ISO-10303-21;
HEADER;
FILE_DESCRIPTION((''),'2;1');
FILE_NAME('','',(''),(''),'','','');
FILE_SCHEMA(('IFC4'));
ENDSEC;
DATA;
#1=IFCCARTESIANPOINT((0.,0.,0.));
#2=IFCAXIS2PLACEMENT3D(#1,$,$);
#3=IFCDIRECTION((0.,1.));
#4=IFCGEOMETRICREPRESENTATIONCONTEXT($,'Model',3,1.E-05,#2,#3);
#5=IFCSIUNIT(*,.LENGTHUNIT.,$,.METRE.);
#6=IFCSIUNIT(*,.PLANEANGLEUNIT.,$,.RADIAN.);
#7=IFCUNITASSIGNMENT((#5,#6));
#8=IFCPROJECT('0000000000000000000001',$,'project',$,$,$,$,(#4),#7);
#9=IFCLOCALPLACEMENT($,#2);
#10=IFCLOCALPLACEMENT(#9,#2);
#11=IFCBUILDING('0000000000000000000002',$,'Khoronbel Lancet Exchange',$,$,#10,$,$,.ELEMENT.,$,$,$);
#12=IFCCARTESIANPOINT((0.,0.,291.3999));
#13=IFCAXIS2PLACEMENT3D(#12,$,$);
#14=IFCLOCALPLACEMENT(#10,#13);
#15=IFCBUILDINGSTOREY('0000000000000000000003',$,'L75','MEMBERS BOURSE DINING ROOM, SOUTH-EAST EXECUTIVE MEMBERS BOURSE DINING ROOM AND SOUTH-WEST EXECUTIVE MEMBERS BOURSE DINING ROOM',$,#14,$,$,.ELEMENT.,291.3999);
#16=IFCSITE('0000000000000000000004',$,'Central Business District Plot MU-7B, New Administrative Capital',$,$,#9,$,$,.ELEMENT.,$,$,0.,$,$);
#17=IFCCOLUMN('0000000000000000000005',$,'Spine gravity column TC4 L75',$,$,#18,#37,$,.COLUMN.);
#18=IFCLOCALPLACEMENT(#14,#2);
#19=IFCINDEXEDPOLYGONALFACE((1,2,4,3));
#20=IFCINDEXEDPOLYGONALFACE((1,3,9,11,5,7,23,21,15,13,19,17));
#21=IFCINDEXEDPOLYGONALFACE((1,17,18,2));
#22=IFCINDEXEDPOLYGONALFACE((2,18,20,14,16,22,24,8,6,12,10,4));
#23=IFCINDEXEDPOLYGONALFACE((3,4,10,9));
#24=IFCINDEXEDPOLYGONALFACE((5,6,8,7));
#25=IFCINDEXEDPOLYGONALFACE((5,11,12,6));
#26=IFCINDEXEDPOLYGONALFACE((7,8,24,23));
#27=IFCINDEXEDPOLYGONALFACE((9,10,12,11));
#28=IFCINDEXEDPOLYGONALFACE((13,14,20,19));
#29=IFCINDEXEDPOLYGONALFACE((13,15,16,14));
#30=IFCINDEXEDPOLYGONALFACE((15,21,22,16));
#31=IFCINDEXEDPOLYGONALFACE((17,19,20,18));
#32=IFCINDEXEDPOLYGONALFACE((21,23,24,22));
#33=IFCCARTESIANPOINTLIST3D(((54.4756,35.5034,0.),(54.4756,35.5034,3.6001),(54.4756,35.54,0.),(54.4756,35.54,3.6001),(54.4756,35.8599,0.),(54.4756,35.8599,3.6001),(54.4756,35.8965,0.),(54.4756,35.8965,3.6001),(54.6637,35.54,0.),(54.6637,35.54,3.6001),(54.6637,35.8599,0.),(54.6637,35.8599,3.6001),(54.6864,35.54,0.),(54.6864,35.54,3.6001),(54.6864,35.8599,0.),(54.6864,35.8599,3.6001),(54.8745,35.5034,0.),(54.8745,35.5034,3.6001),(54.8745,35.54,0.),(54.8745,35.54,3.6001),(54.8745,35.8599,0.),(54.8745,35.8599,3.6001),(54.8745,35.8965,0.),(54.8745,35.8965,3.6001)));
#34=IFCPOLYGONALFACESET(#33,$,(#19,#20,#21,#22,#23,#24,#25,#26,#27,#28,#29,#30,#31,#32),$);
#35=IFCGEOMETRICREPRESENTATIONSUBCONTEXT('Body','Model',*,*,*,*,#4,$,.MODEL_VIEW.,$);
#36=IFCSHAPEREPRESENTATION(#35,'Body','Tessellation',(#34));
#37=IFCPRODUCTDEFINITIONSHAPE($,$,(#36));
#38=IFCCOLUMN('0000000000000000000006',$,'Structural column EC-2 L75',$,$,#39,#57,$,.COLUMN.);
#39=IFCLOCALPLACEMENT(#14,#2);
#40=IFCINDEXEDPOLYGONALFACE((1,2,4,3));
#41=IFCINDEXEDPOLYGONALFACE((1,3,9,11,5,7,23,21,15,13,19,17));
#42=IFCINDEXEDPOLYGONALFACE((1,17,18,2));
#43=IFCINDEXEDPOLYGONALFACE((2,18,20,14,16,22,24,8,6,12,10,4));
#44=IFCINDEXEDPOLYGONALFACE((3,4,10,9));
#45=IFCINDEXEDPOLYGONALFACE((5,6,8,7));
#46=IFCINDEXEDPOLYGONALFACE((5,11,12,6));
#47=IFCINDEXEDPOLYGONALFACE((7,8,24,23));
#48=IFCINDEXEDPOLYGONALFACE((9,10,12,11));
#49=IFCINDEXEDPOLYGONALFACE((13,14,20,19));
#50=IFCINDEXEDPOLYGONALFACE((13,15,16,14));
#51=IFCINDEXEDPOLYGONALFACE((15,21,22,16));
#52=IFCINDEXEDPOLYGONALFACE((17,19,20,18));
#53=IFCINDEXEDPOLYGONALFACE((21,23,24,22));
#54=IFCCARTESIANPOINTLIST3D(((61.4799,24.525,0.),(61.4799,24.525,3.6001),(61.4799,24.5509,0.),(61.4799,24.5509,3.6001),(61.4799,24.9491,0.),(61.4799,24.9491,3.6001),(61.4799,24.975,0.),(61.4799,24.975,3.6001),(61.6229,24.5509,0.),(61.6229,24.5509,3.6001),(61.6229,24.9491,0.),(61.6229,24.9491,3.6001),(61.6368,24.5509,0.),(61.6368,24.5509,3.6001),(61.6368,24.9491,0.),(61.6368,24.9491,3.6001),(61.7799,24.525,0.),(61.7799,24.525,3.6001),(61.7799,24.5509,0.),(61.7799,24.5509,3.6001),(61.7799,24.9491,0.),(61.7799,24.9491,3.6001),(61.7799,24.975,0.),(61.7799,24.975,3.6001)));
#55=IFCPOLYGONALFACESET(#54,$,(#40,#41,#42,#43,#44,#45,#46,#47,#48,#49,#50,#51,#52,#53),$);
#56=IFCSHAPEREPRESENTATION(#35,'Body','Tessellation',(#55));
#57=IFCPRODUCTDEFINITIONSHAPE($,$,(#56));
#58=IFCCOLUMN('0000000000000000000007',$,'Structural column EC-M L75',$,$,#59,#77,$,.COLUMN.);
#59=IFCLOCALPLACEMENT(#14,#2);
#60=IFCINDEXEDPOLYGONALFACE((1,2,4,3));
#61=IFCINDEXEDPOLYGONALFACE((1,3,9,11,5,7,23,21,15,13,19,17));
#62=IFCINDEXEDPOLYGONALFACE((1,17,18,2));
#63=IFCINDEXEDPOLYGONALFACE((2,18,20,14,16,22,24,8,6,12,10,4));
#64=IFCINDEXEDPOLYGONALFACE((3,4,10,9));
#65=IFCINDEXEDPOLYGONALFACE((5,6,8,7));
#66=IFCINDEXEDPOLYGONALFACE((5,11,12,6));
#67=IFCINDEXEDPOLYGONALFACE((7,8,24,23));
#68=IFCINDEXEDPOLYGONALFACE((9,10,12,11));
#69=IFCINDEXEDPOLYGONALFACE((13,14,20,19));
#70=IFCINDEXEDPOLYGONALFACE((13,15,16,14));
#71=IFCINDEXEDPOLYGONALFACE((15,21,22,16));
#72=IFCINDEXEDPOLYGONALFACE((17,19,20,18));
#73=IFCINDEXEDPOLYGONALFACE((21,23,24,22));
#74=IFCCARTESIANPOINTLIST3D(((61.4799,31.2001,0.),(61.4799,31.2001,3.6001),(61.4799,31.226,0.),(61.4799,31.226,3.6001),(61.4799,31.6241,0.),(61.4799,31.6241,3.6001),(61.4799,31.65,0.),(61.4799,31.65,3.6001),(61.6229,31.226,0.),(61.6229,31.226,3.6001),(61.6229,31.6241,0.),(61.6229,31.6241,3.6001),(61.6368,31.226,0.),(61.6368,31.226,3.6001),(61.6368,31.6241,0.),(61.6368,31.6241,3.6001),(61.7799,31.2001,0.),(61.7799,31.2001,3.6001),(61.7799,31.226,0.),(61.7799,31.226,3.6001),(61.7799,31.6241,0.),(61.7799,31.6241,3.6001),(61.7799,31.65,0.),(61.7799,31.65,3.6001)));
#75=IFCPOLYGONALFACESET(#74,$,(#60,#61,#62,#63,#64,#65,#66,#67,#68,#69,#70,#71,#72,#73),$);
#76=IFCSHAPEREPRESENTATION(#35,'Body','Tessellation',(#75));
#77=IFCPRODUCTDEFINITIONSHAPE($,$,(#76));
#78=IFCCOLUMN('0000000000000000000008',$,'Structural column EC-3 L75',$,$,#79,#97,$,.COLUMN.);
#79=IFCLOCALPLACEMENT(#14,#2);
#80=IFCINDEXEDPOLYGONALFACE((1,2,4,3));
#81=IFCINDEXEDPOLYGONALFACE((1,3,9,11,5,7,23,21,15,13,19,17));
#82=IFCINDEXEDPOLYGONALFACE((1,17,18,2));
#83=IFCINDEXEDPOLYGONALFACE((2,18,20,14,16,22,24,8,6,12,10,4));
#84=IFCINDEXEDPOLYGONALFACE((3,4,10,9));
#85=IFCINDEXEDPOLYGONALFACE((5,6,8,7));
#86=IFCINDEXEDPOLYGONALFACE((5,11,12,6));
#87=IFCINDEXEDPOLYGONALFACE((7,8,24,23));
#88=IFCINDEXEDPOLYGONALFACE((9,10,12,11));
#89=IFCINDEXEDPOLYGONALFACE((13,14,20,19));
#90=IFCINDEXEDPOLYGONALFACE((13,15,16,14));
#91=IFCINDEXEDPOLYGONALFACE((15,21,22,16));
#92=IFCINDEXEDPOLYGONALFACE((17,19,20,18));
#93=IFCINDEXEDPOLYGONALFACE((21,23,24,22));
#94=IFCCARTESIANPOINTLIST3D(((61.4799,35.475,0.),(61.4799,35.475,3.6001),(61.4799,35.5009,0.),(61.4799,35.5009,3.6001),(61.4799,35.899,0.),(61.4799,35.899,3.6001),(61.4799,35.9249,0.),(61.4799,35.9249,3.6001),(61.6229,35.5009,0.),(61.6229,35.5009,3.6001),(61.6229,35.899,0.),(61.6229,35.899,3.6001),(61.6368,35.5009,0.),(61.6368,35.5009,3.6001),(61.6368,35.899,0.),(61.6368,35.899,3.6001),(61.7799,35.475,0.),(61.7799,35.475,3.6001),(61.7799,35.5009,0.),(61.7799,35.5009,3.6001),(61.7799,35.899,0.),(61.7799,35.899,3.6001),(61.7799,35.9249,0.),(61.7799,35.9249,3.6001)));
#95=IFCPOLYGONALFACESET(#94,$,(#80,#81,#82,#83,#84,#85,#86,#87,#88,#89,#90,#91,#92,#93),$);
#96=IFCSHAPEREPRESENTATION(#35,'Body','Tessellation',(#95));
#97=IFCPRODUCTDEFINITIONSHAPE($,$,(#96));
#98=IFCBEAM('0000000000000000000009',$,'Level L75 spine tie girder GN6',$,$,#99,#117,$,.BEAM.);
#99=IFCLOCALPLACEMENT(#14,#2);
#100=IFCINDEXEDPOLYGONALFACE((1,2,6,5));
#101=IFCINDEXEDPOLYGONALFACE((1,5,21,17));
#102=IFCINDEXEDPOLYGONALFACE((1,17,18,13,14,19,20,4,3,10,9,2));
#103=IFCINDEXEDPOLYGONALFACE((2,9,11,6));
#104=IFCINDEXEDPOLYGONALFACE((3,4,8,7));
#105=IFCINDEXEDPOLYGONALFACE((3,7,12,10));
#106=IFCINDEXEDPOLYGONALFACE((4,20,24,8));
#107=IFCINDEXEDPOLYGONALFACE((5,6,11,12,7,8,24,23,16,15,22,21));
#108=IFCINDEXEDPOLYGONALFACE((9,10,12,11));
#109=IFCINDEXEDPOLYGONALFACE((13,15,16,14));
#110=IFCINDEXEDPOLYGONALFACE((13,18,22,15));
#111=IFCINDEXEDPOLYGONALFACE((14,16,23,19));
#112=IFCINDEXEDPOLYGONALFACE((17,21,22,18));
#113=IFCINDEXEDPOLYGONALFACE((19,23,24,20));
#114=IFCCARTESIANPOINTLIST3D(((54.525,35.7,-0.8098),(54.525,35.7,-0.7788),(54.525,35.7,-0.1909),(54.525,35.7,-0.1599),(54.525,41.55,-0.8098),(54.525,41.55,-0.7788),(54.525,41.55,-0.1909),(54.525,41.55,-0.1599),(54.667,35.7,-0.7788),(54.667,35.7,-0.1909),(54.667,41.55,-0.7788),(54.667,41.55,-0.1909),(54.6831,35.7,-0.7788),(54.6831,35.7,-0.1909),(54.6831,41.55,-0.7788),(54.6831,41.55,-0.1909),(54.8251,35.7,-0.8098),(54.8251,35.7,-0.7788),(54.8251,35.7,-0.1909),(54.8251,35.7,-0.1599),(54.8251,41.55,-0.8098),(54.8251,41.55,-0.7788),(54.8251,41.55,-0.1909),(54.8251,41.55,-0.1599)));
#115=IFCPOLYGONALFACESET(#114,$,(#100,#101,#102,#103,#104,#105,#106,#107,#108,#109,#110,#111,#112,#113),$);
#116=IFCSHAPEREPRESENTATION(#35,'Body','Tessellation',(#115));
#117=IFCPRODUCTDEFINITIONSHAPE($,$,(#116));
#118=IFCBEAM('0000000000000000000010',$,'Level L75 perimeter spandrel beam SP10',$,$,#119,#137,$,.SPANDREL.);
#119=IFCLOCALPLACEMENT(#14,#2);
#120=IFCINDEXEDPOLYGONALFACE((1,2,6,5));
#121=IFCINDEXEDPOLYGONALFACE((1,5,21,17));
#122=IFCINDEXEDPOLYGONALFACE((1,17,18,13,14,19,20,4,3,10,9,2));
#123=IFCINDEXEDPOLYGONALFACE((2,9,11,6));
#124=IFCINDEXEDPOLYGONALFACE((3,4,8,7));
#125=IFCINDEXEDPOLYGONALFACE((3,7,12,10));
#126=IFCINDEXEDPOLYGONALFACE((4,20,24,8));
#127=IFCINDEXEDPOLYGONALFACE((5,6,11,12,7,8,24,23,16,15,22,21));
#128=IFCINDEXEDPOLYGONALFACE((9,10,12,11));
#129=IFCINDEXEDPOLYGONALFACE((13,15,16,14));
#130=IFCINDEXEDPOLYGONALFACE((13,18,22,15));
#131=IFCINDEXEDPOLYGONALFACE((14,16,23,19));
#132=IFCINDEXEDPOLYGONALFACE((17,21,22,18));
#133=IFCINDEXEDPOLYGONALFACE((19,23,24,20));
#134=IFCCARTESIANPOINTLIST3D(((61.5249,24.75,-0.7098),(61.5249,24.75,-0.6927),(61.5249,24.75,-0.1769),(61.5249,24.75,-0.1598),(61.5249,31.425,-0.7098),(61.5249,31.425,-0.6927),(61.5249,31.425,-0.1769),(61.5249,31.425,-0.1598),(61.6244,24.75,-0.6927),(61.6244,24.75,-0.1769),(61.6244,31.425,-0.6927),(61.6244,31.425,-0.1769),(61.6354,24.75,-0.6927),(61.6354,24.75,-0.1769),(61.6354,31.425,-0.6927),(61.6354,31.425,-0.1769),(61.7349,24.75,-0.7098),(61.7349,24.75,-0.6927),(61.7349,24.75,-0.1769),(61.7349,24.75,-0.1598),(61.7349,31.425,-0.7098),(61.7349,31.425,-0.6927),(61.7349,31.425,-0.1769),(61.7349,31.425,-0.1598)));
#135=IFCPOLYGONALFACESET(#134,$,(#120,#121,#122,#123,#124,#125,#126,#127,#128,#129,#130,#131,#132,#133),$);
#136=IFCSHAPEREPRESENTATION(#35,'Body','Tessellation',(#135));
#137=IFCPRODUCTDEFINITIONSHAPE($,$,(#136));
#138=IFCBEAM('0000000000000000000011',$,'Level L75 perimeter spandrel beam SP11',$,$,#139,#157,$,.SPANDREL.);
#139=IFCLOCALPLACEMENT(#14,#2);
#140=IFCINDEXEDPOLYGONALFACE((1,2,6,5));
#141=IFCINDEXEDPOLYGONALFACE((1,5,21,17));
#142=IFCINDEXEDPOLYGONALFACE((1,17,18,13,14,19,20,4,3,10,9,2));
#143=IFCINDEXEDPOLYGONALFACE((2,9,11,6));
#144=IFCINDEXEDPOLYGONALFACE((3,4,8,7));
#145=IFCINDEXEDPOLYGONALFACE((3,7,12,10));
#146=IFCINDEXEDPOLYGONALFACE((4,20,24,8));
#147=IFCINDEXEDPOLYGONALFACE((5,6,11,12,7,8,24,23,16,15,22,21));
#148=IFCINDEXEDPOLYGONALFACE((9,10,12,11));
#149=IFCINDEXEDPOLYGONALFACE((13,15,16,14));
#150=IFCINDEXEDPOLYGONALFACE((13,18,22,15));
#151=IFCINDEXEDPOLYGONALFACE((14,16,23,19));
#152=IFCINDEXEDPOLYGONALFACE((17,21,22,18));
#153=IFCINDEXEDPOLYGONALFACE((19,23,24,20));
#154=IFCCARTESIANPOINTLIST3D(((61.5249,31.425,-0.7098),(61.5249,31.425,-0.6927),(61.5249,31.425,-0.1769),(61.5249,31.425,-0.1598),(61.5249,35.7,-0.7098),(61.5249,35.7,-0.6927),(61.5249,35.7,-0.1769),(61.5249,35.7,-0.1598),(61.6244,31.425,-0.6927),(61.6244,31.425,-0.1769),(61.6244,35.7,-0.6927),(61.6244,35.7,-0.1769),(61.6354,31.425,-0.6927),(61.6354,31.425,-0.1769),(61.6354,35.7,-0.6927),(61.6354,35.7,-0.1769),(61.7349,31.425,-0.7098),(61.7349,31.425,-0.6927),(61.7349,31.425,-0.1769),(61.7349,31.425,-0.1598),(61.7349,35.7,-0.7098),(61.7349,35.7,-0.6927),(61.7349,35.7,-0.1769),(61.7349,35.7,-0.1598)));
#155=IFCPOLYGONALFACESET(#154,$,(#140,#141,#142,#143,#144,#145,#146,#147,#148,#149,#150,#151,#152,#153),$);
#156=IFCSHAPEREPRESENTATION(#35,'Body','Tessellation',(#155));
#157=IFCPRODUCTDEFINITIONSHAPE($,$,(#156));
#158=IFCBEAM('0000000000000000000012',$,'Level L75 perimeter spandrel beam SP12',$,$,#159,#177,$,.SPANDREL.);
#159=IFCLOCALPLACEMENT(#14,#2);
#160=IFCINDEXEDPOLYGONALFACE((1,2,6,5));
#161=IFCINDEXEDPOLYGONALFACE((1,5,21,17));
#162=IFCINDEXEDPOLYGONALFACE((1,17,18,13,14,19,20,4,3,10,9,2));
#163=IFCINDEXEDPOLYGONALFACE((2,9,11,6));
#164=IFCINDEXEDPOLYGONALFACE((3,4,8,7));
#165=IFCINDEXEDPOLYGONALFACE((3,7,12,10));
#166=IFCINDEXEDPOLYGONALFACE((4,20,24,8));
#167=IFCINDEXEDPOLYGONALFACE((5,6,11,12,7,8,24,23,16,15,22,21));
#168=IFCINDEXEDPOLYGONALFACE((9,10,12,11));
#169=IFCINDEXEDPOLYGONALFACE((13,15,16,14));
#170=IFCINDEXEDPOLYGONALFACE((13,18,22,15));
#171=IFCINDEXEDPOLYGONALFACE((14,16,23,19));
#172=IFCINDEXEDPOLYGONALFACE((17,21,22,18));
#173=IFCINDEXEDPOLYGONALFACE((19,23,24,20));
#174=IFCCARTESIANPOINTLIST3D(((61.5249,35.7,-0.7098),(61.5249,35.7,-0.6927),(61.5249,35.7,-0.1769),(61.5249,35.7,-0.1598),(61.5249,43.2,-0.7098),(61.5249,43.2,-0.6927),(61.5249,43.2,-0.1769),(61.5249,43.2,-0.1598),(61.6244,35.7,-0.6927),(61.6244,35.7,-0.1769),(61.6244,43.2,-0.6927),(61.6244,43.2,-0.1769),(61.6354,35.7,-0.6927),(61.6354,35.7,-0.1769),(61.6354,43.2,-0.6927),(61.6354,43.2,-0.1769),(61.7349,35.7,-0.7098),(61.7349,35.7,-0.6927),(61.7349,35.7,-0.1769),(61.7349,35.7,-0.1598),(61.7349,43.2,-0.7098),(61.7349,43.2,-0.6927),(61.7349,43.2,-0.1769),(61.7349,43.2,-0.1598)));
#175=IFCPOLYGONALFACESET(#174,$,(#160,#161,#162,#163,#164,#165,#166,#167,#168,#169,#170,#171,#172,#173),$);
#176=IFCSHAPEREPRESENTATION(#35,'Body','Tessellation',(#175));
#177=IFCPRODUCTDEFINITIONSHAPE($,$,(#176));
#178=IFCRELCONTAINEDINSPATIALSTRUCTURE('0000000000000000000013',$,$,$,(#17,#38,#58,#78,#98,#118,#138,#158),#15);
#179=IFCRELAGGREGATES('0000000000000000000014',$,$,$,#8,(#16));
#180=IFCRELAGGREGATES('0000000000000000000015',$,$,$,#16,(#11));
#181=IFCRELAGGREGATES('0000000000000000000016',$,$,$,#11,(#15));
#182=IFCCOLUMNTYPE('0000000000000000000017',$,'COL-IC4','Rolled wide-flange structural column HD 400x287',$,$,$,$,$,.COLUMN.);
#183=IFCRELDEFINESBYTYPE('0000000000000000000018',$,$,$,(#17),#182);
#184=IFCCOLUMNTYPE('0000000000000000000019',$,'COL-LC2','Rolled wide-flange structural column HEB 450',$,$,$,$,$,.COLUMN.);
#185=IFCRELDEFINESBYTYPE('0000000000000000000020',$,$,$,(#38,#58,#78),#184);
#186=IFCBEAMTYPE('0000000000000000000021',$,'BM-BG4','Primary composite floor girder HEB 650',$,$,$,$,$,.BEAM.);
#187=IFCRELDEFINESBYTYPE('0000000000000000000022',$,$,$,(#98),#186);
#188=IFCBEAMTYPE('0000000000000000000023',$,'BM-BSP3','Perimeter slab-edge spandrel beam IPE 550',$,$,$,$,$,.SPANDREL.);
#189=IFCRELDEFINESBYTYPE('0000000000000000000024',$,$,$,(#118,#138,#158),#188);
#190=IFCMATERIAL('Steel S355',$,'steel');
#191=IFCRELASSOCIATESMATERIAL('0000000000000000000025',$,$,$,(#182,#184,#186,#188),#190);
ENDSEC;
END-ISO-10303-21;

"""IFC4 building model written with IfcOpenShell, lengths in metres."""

from ifc_helpers import new_model, si_unit, direction, frame, origin, origin_2d, place, context, subcontext, project, spatial, i_section, extrude, material, material_profile, profile_set, type_object, element, save


model = new_model("IFC4")

# Units and contexts
model_context = context("Model", 3, precision=1e-05, world=origin(), true_north=direction((0.0, 1.0)))
body_context = subcontext(model_context, "Body", "Model", "MODEL_VIEW")
ifc_project = project(units=[si_unit("LENGTHUNIT", "METRE"), si_unit("PLANEANGLEUNIT", "RADIAN")], contexts=[model_context])

# Site, building, storey
site_placement = place(None, origin())
site = spatial("IfcSite", under=ifc_project, at=site_placement, Name="Central Business District Plot MU-7B, New Administrative Capital", CompositionType="ELEMENT", RefElevation=0.0)
building_placement = place(site_placement, origin())
building = spatial("IfcBuilding", under=site, at=building_placement, Name="Khoronbel Lancet Exchange", CompositionType="ELEMENT")
storey_placement = place(building_placement, frame((0.0, 0.0, 291.3999)))
storey = spatial("IfcBuildingStorey", under=building, at=storey_placement, Name="L75", Description="MEMBERS BOURSE DINING ROOM, SOUTH-EAST EXECUTIVE MEMBERS BOURSE DINING ROOM AND SOUTH-WEST EXECUTIVE MEMBERS BOURSE DINING ROOM", CompositionType="ELEMENT", Elevation=291.3999)

# Columns
ifc_material_1 = material(Name="Steel S355", Category="steel")
ifc_material_profile_1 = material_profile(ifc_material_1, i_section(OverallWidth=0.3989, OverallDepth=0.3931, WebThickness=0.0227, FlangeThickness=0.0366, at=origin_2d()), Name="HD 400x287")
ifc_profile_set_1 = profile_set([ifc_material_profile_1], Name="Steel S355")
column_type_1 = type_object("IfcColumnType", Name="COL-IC4", Description="Rolled wide-flange structural column HD 400x287", PredefinedType="COLUMN", material=ifc_profile_set_1)
column_placement = place(storey_placement, frame((54.675, 35.7, 0.0), z_axis=(0.0, 0.0, 1.0), x_axis=(1.0, 0.0, 0.0)))
element("IfcColumn", 1, at=column_placement, inside=storey, type_object=column_type_1, Name="Spine gravity column TC4 L75", PredefinedType="COLUMN", context=body_context, shape_type="SweptSolid", body=[
    extrude(i_section(OverallWidth=0.3989, OverallDepth=0.3931, WebThickness=0.0227, FlangeThickness=0.0366, at=origin_2d()), origin(), (0.0, 0.0, 1.0), 3.6001),
])
ifc_material_profile_2 = material_profile(ifc_material_1, i_section(OverallWidth=0.3, OverallDepth=0.45, WebThickness=0.0139, FlangeThickness=0.0259, at=origin_2d()), Name="HEB 450")
ifc_profile_set_2 = profile_set([ifc_material_profile_2], Name="Steel S355")
column_type_2 = type_object("IfcColumnType", Name="COL-LC2", Description="Rolled wide-flange structural column HEB 450", PredefinedType="COLUMN", material=ifc_profile_set_2)
for number, where, z_axis, x_axis, name in (
    (2, (61.6299, 24.75, 0.0), (0.0, 0.0, 1.0), (1.0, 0.0, 0.0), "Structural column EC-2 L75"),
    (3, (61.6299, 31.425, 0.0), (0.0, 0.0, 1.0), (1.0, 0.0, 0.0), "Structural column EC-M L75"),
    (4, (61.6299, 35.7, 0.0), (0.0, 0.0, 1.0), (1.0, 0.0, 0.0), "Structural column EC-3 L75"),
):
    element("IfcColumn", number, at=place(storey_placement, frame(where, z_axis=z_axis, x_axis=x_axis)), inside=storey, type_object=column_type_2, Name=name, PredefinedType="COLUMN", context=body_context, shape_type="SweptSolid", body=[
        extrude(i_section(OverallWidth=0.3, OverallDepth=0.45, WebThickness=0.0139, FlangeThickness=0.0259, at=origin_2d()), origin(), (0.0, 0.0, 1.0), 3.6001),
    ])

# Beams
ifc_material_profile_3 = material_profile(ifc_material_1, i_section(OverallWidth=0.3, OverallDepth=0.6499, WebThickness=0.0161, FlangeThickness=0.031, at=origin_2d()), Name="HEB 650")
ifc_profile_set_3 = profile_set([ifc_material_profile_3], Name="Steel S355")
beam_type_1 = type_object("IfcBeamType", Name="BM-BG4", Description="Primary composite floor girder HEB 650", PredefinedType="BEAM", material=ifc_profile_set_3)
beam_1_placement = place(storey_placement, frame((54.675, 35.7, -0.4849), z_axis=(0.0, 1.0, 0.0), x_axis=(-1.0, 0.0, 0.0)))
element("IfcBeam", 5, at=beam_1_placement, inside=storey, type_object=beam_type_1, Name="Level L75 spine tie girder GN6", PredefinedType="BEAM", context=body_context, shape_type="SweptSolid", body=[
    extrude(i_section(OverallWidth=0.3, OverallDepth=0.6499, WebThickness=0.0161, FlangeThickness=0.031, at=origin_2d()), origin(), (0.0, 0.0, 1.0), 5.8501),
])
ifc_material_profile_4 = material_profile(ifc_material_1, i_section(OverallWidth=0.21, OverallDepth=0.55, WebThickness=0.011, FlangeThickness=0.0171, at=origin_2d()), Name="IPE 550")
ifc_profile_set_4 = profile_set([ifc_material_profile_4], Name="Steel S355")
beam_type_2 = type_object("IfcBeamType", Name="BM-BSP3", Description="Perimeter slab-edge spandrel beam IPE 550", PredefinedType="SPANDREL", material=ifc_profile_set_4)
beam_2_placement = place(storey_placement, frame((61.6299, 24.75, -0.4348), z_axis=(0.0, 1.0, 0.0), x_axis=(-1.0, 0.0, 0.0)))
element("IfcBeam", 6, at=beam_2_placement, inside=storey, type_object=beam_type_2, Name="Level L75 perimeter spandrel beam SP10", PredefinedType="SPANDREL", context=body_context, shape_type="SweptSolid", body=[
    extrude(i_section(OverallWidth=0.21, OverallDepth=0.55, WebThickness=0.011, FlangeThickness=0.0171, at=origin_2d()), origin(), (0.0, 0.0, 1.0), 6.675),
])
beam_3_placement = place(storey_placement, frame((61.6299, 31.425, -0.4348), z_axis=(0.0, 1.0, 0.0), x_axis=(-1.0, 0.0, 0.0)))
element("IfcBeam", 7, at=beam_3_placement, inside=storey, type_object=beam_type_2, Name="Level L75 perimeter spandrel beam SP11", PredefinedType="SPANDREL", context=body_context, shape_type="SweptSolid", body=[
    extrude(i_section(OverallWidth=0.21, OverallDepth=0.55, WebThickness=0.011, FlangeThickness=0.0171, at=origin_2d()), origin(), (0.0, 0.0, 1.0), 4.2749),
])
beam_4_placement = place(storey_placement, frame((61.6299, 35.7, -0.4348), z_axis=(0.0, 1.0, 0.0), x_axis=(-1.0, 0.0, 0.0)))
element("IfcBeam", 8, at=beam_4_placement, inside=storey, type_object=beam_type_2, Name="Level L75 perimeter spandrel beam SP12", PredefinedType="SPANDREL", context=body_context, shape_type="SweptSolid", body=[
    extrude(i_section(OverallWidth=0.21, OverallDepth=0.55, WebThickness=0.011, FlangeThickness=0.0171, at=origin_2d()), origin(), (0.0, 0.0, 1.0), 7.5),
])

save(model, "model.ifc")
